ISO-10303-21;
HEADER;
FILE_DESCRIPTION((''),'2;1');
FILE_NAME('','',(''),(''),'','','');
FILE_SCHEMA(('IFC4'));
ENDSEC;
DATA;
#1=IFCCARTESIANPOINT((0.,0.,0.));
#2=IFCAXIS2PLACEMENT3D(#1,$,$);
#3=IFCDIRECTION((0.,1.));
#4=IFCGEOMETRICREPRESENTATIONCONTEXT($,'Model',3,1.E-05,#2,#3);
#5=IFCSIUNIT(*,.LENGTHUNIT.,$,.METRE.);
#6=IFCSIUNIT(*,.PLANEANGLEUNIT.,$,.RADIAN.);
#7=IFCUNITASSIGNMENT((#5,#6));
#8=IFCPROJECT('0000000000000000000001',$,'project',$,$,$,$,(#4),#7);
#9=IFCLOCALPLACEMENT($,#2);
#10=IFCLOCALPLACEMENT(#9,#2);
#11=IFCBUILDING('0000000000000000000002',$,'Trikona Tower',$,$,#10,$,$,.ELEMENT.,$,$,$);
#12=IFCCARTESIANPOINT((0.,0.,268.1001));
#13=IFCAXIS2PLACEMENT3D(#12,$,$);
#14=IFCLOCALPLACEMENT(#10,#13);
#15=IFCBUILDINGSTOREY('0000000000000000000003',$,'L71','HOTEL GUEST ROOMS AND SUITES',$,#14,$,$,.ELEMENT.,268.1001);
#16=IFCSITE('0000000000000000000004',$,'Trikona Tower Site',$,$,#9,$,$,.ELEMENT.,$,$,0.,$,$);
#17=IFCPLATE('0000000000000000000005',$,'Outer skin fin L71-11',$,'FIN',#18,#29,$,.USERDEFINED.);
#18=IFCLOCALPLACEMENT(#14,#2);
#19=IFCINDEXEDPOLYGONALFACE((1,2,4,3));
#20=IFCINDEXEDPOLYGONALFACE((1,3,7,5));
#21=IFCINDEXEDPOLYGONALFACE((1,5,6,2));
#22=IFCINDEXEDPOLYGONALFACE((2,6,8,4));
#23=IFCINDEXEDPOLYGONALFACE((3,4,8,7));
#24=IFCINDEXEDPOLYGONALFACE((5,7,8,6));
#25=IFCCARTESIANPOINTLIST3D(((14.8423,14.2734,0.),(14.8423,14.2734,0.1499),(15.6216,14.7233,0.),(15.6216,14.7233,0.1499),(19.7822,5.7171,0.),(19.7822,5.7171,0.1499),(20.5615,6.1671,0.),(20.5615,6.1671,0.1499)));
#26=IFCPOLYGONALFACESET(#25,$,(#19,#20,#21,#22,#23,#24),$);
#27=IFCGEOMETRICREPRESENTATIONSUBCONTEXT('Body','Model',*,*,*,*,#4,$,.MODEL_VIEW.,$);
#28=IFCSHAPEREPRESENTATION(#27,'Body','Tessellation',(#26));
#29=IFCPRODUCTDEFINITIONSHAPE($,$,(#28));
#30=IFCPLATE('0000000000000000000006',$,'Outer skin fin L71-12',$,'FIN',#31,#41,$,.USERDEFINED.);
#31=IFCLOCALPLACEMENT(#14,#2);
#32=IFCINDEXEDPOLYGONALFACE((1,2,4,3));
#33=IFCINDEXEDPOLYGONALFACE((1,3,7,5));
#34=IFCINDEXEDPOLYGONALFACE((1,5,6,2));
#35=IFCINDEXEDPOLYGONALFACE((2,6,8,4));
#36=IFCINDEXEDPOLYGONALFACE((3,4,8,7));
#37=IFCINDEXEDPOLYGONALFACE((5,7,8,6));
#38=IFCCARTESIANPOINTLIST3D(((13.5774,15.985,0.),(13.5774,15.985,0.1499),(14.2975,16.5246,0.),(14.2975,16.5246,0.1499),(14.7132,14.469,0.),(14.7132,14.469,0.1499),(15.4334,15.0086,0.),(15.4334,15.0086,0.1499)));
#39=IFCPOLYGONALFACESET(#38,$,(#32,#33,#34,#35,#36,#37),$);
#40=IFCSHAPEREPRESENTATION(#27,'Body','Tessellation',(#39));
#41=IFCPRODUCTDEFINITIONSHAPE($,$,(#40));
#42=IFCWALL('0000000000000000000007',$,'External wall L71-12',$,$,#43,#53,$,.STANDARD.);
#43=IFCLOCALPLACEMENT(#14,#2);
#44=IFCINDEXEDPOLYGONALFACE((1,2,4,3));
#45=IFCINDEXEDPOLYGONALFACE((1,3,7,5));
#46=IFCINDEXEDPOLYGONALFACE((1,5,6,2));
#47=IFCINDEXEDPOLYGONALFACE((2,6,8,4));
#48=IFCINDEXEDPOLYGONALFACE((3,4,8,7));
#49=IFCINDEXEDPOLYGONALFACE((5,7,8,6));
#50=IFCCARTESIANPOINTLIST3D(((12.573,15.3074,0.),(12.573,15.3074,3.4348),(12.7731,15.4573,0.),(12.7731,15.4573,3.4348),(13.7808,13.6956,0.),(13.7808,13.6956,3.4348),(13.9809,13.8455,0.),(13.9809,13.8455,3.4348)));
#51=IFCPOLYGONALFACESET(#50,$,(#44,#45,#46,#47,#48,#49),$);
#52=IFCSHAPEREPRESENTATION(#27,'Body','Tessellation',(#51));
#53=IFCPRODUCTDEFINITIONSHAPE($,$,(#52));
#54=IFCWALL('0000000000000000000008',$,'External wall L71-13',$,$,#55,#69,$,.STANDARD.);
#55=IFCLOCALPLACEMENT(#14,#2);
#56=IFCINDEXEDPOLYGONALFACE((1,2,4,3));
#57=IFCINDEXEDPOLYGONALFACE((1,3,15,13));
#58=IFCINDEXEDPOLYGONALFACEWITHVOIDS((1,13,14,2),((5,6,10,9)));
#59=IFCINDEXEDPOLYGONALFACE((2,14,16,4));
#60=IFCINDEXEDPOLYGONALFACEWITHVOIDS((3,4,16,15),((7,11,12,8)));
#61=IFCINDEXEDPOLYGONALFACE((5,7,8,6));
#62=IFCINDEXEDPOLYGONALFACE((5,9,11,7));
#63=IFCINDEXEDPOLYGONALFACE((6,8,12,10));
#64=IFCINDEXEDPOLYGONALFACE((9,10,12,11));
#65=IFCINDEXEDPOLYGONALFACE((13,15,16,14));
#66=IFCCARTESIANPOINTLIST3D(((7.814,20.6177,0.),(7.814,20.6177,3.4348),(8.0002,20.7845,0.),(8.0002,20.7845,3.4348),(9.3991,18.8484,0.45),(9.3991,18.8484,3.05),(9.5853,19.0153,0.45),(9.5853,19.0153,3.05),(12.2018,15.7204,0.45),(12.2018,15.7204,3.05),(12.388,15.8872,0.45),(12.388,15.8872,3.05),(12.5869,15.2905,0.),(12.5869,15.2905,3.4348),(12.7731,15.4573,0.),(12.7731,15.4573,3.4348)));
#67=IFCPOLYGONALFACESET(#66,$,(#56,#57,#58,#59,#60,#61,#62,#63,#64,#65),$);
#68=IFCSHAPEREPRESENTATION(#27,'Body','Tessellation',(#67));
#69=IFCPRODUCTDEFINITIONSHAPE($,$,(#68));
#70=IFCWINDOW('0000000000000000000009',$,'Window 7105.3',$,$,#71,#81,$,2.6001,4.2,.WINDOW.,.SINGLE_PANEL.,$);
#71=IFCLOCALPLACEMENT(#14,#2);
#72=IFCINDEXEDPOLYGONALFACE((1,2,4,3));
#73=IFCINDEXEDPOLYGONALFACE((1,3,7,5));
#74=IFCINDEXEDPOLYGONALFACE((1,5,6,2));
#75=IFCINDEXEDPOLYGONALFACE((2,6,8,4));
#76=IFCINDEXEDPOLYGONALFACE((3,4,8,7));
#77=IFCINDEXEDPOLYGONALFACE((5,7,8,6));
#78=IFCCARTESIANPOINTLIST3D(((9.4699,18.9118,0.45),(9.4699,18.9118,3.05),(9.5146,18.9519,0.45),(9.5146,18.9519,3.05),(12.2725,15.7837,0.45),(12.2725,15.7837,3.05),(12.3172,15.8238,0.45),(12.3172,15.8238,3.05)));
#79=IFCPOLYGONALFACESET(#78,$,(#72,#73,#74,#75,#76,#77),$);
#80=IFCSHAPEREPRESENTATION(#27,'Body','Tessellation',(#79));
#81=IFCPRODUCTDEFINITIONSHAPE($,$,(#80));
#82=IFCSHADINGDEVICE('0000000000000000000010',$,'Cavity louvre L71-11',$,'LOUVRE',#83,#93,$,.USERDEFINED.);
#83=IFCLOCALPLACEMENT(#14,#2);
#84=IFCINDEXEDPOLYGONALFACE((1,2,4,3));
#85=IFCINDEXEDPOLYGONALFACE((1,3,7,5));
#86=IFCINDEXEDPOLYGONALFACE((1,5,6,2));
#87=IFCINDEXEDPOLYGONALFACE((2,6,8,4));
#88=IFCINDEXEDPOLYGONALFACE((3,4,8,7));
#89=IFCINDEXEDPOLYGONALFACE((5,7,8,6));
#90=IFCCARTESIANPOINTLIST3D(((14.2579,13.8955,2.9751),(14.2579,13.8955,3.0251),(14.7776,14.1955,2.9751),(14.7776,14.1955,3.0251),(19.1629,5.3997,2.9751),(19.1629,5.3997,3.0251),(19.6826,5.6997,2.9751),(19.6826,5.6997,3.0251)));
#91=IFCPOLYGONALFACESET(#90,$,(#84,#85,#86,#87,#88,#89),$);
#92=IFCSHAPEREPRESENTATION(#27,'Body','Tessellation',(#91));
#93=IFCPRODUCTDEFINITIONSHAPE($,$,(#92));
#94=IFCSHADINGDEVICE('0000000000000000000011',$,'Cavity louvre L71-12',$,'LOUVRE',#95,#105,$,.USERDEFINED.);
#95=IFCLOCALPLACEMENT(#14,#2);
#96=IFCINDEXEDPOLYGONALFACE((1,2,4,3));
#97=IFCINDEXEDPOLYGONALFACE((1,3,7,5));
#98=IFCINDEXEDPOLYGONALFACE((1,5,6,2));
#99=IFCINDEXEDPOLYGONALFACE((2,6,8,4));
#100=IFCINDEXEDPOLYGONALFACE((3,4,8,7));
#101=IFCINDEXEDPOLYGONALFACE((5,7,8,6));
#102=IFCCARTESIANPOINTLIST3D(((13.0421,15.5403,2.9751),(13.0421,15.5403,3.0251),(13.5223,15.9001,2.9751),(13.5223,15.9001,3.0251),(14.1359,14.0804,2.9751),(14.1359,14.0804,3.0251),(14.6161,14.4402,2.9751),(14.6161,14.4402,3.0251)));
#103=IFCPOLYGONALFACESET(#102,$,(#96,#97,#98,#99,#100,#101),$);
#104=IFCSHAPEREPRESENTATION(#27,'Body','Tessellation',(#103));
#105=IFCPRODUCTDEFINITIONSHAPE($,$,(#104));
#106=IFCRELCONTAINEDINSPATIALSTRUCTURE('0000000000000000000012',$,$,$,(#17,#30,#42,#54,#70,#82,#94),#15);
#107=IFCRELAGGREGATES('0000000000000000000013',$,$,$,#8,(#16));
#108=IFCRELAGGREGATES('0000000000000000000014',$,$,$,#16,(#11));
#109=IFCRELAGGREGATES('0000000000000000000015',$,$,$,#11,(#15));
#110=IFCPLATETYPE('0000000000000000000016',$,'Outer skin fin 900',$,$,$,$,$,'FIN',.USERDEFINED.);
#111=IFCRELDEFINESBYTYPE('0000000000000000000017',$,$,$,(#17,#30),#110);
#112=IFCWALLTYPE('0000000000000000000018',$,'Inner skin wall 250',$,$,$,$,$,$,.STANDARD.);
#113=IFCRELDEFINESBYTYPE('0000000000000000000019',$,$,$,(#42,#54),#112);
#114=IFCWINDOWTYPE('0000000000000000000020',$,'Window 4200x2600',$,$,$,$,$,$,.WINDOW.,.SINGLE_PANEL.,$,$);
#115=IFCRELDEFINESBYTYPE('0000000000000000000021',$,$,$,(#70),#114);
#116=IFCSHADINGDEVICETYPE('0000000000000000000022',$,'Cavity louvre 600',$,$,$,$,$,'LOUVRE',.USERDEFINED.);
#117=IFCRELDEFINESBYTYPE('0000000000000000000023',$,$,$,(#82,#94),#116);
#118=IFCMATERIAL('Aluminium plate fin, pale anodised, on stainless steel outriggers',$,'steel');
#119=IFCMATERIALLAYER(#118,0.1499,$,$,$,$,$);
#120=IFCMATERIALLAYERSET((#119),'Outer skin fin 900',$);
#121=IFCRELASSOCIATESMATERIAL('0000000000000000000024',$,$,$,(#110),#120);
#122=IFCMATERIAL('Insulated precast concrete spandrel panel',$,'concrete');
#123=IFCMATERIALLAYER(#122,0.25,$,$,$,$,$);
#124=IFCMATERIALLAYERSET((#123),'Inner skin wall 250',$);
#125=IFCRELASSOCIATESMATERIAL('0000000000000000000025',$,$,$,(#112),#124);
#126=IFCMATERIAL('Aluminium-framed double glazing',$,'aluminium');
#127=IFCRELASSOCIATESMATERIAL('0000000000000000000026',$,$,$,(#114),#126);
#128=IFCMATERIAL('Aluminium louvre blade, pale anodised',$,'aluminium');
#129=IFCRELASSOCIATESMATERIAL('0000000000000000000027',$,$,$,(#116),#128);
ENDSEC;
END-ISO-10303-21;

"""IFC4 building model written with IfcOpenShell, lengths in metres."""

from ifc_helpers import new_model, si_unit, direction, frame, frame_2d, origin, origin_2d, place, context, subcontext, project, spatial, rectangle, extrude, material, layer, layer_set, type_object, element, fill, save


model = new_model("IFC4")

# Units and contexts
model_context = context("Model", 3, precision=1e-05, world=origin(), true_north=direction((0.0, 1.0)))
body_context = subcontext(model_context, "Body", "Model", "MODEL_VIEW")
ifc_project = project(units=[si_unit("LENGTHUNIT", "METRE"), si_unit("PLANEANGLEUNIT", "RADIAN")], contexts=[model_context])

# Site, building, storey
site_placement = place(None, origin())
site = spatial("IfcSite", under=ifc_project, at=site_placement, Name="Trikona Tower Site", CompositionType="ELEMENT", RefElevation=0.0)
building_placement = place(site_placement, origin())
building = spatial("IfcBuilding", under=site, at=building_placement, Name="Trikona Tower", CompositionType="ELEMENT")
storey_placement = place(building_placement, frame((0.0, 0.0, 268.1001)))
storey = spatial("IfcBuildingStorey", under=building, at=storey_placement, Name="L71", Description="HOTEL GUEST ROOMS AND SUITES", CompositionType="ELEMENT", Elevation=268.1001)

# Plates
ifc_material_1 = material(Name="Aluminium plate fin, pale anodised, on stainless steel outriggers", Category="steel")
ifc_layer_1 = layer(ifc_material_1, 0.1499)
ifc_layer_set_1 = layer_set([ifc_layer_1], Name="Outer skin fin 900")
plate_type_1 = type_object("IfcPlateType", Name="Outer skin fin 900", ElementType="FIN", PredefinedType="USERDEFINED", material=ifc_layer_set_1)
plate_1_placement = place(storey_placement, frame((17.7019, 10.2202, 0.0), z_axis=(0.0, 0.0, 1.0), x_axis=(-0.499998, 0.866026, 0.0)))
element("IfcPlate", 1, at=plate_1_placement, inside=storey, type_object=plate_type_1, Name="Outer skin fin L71-11", ObjectType="FIN", PredefinedType="USERDEFINED", context=body_context, shape_type="SweptSolid", body=[
    extrude(rectangle(XDim=9.8799, YDim=0.8999, at=origin_2d()), origin(), (0.0, 0.0, 1.0), 0.1499),
])
plate_2_placement = place(storey_placement, frame((14.5054, 15.4968, 0.0), z_axis=(0.0, 0.0, 1.0), x_axis=(-0.599619, 0.800286, 0.0)))
element("IfcPlate", 2, at=plate_2_placement, inside=storey, type_object=plate_type_1, Name="Outer skin fin L71-12", ObjectType="FIN", PredefinedType="USERDEFINED", context=body_context, shape_type="SweptSolid", body=[
    extrude(rectangle(XDim=1.8943, YDim=0.8999, at=origin_2d()), origin(), (0.0, 0.0, 1.0), 0.1499),
])

# Wall
ifc_material_2 = material(Name="Insulated precast concrete spandrel panel", Category="concrete")
ifc_layer_2 = layer(ifc_material_2, 0.25)
ifc_layer_set_2 = layer_set([ifc_layer_2], Name="Inner skin wall 250")
wall_type = type_object("IfcWallType", Name="Inner skin wall 250", PredefinedType="STANDARD", material=ifc_layer_set_2)
wall_1_placement = place(storey_placement, frame((13.8809, 13.7705, 0.0), z_axis=(0.0, 0.0, 1.0), x_axis=(-0.599651, 0.800262, 0.0)))
element("IfcWall", 3, at=wall_1_placement, inside=storey, type_object=wall_type, Name="External wall L71-12", PredefinedType="STANDARD", context=body_context, shape_type="SweptSolid", body=[
    extrude(rectangle(XDim=2.0142, YDim=0.25, at=frame_2d((1.0071, 0.0))), origin(), (0.0, 0.0, 1.0), 3.4348),
])

# Wall, opening, window
wall_2_placement = place(storey_placement, frame((12.6799, 15.374, 0.0), z_axis=(0.0, 0.0, 1.0), x_axis=(-0.667304, 0.744786, 0.0)))
wall_2 = element("IfcWall", 4, at=wall_2_placement, inside=storey, type_object=wall_type, Name="External wall L71-13", PredefinedType="STANDARD", context=body_context, shape_type="SweptSolid", body=[
    extrude(rectangle(XDim=7.1526, YDim=0.25, at=frame_2d((3.5762, 0.0))), origin(), (0.0, 0.0, 1.0), 3.4348),
])
opening_placement = place(wall_2_placement, frame((0.5769, 0.0, 0.45)))
opening = element("IfcOpeningElement", 5, at=opening_placement, cuts=wall_2, PredefinedType="OPENING", context=body_context, shape_type="SweptSolid", body=[
    extrude(rectangle(XDim=4.2, YDim=2.6001, at=frame_2d((2.1001, 1.3))), frame((0.0, 0.135, 0.0), z_axis=(0.0, -1.0, 0.0), x_axis=(1.0, 0.0, 0.0)), (0.0, 0.0, 1.0), 0.27),
])
ifc_material_3 = material(Name="Aluminium-framed double glazing", Category="aluminium")
window_type = type_object("IfcWindowType", Name="Window 4200x2600", PartitioningType="SINGLE_PANEL", PredefinedType="WINDOW", material=ifc_material_3)
window_placement = place(opening_placement, origin())
window = element("IfcWindow", 6, at=window_placement, inside=storey, type_object=window_type, Name="Window 7105.3", OverallHeight=2.6001, OverallWidth=4.2, PartitioningType="SINGLE_PANEL", PredefinedType="WINDOW", context=body_context, shape_type="SweptSolid", body=[
    extrude(rectangle(XDim=4.2, YDim=2.6001, at=frame_2d((2.1001, 1.3))), frame((0.0, 0.03, 0.0), z_axis=(0.0, -1.0, 0.0), x_axis=(1.0, 0.0, 0.0)), (0.0, 0.0, 1.0), 0.0601),
])
fill(opening, window)

# Shading devices
ifc_material_4 = material(Name="Aluminium louvre blade, pale anodised", Category="aluminium")
shading_device_type = type_object("IfcShadingDeviceType", Name="Cavity louvre 600", ElementType="LOUVRE", PredefinedType="USERDEFINED", material=ifc_material_4)
shading_device_1_placement = place(storey_placement, frame((16.9702, 9.7976, 2.9751), z_axis=(0.0, 0.0, 1.0), x_axis=(-0.499998, 0.866026, 0.0)))
element("IfcShadingDevice", 7, at=shading_device_1_placement, inside=storey, type_object=shading_device_type, Name="Cavity louvre L71-11", ObjectType="LOUVRE", PredefinedType="USERDEFINED", context=body_context, shape_type="SweptSolid", body=[
    extrude(rectangle(XDim=9.8101, YDim=0.6001, at=origin_2d()), origin(), (0.0, 0.0, 1.0), 0.05),
])
shading_device_2_placement = place(storey_placement, frame((13.8291, 14.9902, 2.9751), z_axis=(0.0, 0.0, 1.0), x_axis=(-0.599619, 0.800286, 0.0)))
element("IfcShadingDevice", 8, at=shading_device_2_placement, inside=storey, type_object=shading_device_type, Name="Cavity louvre L71-12", ObjectType="LOUVRE", PredefinedType="USERDEFINED", context=body_context, shape_type="SweptSolid", body=[
    extrude(rectangle(XDim=1.8242, YDim=0.6001, at=origin_2d()), origin(), (0.0, 0.0, 1.0), 0.05),
])

save(model, "model.ifc")
